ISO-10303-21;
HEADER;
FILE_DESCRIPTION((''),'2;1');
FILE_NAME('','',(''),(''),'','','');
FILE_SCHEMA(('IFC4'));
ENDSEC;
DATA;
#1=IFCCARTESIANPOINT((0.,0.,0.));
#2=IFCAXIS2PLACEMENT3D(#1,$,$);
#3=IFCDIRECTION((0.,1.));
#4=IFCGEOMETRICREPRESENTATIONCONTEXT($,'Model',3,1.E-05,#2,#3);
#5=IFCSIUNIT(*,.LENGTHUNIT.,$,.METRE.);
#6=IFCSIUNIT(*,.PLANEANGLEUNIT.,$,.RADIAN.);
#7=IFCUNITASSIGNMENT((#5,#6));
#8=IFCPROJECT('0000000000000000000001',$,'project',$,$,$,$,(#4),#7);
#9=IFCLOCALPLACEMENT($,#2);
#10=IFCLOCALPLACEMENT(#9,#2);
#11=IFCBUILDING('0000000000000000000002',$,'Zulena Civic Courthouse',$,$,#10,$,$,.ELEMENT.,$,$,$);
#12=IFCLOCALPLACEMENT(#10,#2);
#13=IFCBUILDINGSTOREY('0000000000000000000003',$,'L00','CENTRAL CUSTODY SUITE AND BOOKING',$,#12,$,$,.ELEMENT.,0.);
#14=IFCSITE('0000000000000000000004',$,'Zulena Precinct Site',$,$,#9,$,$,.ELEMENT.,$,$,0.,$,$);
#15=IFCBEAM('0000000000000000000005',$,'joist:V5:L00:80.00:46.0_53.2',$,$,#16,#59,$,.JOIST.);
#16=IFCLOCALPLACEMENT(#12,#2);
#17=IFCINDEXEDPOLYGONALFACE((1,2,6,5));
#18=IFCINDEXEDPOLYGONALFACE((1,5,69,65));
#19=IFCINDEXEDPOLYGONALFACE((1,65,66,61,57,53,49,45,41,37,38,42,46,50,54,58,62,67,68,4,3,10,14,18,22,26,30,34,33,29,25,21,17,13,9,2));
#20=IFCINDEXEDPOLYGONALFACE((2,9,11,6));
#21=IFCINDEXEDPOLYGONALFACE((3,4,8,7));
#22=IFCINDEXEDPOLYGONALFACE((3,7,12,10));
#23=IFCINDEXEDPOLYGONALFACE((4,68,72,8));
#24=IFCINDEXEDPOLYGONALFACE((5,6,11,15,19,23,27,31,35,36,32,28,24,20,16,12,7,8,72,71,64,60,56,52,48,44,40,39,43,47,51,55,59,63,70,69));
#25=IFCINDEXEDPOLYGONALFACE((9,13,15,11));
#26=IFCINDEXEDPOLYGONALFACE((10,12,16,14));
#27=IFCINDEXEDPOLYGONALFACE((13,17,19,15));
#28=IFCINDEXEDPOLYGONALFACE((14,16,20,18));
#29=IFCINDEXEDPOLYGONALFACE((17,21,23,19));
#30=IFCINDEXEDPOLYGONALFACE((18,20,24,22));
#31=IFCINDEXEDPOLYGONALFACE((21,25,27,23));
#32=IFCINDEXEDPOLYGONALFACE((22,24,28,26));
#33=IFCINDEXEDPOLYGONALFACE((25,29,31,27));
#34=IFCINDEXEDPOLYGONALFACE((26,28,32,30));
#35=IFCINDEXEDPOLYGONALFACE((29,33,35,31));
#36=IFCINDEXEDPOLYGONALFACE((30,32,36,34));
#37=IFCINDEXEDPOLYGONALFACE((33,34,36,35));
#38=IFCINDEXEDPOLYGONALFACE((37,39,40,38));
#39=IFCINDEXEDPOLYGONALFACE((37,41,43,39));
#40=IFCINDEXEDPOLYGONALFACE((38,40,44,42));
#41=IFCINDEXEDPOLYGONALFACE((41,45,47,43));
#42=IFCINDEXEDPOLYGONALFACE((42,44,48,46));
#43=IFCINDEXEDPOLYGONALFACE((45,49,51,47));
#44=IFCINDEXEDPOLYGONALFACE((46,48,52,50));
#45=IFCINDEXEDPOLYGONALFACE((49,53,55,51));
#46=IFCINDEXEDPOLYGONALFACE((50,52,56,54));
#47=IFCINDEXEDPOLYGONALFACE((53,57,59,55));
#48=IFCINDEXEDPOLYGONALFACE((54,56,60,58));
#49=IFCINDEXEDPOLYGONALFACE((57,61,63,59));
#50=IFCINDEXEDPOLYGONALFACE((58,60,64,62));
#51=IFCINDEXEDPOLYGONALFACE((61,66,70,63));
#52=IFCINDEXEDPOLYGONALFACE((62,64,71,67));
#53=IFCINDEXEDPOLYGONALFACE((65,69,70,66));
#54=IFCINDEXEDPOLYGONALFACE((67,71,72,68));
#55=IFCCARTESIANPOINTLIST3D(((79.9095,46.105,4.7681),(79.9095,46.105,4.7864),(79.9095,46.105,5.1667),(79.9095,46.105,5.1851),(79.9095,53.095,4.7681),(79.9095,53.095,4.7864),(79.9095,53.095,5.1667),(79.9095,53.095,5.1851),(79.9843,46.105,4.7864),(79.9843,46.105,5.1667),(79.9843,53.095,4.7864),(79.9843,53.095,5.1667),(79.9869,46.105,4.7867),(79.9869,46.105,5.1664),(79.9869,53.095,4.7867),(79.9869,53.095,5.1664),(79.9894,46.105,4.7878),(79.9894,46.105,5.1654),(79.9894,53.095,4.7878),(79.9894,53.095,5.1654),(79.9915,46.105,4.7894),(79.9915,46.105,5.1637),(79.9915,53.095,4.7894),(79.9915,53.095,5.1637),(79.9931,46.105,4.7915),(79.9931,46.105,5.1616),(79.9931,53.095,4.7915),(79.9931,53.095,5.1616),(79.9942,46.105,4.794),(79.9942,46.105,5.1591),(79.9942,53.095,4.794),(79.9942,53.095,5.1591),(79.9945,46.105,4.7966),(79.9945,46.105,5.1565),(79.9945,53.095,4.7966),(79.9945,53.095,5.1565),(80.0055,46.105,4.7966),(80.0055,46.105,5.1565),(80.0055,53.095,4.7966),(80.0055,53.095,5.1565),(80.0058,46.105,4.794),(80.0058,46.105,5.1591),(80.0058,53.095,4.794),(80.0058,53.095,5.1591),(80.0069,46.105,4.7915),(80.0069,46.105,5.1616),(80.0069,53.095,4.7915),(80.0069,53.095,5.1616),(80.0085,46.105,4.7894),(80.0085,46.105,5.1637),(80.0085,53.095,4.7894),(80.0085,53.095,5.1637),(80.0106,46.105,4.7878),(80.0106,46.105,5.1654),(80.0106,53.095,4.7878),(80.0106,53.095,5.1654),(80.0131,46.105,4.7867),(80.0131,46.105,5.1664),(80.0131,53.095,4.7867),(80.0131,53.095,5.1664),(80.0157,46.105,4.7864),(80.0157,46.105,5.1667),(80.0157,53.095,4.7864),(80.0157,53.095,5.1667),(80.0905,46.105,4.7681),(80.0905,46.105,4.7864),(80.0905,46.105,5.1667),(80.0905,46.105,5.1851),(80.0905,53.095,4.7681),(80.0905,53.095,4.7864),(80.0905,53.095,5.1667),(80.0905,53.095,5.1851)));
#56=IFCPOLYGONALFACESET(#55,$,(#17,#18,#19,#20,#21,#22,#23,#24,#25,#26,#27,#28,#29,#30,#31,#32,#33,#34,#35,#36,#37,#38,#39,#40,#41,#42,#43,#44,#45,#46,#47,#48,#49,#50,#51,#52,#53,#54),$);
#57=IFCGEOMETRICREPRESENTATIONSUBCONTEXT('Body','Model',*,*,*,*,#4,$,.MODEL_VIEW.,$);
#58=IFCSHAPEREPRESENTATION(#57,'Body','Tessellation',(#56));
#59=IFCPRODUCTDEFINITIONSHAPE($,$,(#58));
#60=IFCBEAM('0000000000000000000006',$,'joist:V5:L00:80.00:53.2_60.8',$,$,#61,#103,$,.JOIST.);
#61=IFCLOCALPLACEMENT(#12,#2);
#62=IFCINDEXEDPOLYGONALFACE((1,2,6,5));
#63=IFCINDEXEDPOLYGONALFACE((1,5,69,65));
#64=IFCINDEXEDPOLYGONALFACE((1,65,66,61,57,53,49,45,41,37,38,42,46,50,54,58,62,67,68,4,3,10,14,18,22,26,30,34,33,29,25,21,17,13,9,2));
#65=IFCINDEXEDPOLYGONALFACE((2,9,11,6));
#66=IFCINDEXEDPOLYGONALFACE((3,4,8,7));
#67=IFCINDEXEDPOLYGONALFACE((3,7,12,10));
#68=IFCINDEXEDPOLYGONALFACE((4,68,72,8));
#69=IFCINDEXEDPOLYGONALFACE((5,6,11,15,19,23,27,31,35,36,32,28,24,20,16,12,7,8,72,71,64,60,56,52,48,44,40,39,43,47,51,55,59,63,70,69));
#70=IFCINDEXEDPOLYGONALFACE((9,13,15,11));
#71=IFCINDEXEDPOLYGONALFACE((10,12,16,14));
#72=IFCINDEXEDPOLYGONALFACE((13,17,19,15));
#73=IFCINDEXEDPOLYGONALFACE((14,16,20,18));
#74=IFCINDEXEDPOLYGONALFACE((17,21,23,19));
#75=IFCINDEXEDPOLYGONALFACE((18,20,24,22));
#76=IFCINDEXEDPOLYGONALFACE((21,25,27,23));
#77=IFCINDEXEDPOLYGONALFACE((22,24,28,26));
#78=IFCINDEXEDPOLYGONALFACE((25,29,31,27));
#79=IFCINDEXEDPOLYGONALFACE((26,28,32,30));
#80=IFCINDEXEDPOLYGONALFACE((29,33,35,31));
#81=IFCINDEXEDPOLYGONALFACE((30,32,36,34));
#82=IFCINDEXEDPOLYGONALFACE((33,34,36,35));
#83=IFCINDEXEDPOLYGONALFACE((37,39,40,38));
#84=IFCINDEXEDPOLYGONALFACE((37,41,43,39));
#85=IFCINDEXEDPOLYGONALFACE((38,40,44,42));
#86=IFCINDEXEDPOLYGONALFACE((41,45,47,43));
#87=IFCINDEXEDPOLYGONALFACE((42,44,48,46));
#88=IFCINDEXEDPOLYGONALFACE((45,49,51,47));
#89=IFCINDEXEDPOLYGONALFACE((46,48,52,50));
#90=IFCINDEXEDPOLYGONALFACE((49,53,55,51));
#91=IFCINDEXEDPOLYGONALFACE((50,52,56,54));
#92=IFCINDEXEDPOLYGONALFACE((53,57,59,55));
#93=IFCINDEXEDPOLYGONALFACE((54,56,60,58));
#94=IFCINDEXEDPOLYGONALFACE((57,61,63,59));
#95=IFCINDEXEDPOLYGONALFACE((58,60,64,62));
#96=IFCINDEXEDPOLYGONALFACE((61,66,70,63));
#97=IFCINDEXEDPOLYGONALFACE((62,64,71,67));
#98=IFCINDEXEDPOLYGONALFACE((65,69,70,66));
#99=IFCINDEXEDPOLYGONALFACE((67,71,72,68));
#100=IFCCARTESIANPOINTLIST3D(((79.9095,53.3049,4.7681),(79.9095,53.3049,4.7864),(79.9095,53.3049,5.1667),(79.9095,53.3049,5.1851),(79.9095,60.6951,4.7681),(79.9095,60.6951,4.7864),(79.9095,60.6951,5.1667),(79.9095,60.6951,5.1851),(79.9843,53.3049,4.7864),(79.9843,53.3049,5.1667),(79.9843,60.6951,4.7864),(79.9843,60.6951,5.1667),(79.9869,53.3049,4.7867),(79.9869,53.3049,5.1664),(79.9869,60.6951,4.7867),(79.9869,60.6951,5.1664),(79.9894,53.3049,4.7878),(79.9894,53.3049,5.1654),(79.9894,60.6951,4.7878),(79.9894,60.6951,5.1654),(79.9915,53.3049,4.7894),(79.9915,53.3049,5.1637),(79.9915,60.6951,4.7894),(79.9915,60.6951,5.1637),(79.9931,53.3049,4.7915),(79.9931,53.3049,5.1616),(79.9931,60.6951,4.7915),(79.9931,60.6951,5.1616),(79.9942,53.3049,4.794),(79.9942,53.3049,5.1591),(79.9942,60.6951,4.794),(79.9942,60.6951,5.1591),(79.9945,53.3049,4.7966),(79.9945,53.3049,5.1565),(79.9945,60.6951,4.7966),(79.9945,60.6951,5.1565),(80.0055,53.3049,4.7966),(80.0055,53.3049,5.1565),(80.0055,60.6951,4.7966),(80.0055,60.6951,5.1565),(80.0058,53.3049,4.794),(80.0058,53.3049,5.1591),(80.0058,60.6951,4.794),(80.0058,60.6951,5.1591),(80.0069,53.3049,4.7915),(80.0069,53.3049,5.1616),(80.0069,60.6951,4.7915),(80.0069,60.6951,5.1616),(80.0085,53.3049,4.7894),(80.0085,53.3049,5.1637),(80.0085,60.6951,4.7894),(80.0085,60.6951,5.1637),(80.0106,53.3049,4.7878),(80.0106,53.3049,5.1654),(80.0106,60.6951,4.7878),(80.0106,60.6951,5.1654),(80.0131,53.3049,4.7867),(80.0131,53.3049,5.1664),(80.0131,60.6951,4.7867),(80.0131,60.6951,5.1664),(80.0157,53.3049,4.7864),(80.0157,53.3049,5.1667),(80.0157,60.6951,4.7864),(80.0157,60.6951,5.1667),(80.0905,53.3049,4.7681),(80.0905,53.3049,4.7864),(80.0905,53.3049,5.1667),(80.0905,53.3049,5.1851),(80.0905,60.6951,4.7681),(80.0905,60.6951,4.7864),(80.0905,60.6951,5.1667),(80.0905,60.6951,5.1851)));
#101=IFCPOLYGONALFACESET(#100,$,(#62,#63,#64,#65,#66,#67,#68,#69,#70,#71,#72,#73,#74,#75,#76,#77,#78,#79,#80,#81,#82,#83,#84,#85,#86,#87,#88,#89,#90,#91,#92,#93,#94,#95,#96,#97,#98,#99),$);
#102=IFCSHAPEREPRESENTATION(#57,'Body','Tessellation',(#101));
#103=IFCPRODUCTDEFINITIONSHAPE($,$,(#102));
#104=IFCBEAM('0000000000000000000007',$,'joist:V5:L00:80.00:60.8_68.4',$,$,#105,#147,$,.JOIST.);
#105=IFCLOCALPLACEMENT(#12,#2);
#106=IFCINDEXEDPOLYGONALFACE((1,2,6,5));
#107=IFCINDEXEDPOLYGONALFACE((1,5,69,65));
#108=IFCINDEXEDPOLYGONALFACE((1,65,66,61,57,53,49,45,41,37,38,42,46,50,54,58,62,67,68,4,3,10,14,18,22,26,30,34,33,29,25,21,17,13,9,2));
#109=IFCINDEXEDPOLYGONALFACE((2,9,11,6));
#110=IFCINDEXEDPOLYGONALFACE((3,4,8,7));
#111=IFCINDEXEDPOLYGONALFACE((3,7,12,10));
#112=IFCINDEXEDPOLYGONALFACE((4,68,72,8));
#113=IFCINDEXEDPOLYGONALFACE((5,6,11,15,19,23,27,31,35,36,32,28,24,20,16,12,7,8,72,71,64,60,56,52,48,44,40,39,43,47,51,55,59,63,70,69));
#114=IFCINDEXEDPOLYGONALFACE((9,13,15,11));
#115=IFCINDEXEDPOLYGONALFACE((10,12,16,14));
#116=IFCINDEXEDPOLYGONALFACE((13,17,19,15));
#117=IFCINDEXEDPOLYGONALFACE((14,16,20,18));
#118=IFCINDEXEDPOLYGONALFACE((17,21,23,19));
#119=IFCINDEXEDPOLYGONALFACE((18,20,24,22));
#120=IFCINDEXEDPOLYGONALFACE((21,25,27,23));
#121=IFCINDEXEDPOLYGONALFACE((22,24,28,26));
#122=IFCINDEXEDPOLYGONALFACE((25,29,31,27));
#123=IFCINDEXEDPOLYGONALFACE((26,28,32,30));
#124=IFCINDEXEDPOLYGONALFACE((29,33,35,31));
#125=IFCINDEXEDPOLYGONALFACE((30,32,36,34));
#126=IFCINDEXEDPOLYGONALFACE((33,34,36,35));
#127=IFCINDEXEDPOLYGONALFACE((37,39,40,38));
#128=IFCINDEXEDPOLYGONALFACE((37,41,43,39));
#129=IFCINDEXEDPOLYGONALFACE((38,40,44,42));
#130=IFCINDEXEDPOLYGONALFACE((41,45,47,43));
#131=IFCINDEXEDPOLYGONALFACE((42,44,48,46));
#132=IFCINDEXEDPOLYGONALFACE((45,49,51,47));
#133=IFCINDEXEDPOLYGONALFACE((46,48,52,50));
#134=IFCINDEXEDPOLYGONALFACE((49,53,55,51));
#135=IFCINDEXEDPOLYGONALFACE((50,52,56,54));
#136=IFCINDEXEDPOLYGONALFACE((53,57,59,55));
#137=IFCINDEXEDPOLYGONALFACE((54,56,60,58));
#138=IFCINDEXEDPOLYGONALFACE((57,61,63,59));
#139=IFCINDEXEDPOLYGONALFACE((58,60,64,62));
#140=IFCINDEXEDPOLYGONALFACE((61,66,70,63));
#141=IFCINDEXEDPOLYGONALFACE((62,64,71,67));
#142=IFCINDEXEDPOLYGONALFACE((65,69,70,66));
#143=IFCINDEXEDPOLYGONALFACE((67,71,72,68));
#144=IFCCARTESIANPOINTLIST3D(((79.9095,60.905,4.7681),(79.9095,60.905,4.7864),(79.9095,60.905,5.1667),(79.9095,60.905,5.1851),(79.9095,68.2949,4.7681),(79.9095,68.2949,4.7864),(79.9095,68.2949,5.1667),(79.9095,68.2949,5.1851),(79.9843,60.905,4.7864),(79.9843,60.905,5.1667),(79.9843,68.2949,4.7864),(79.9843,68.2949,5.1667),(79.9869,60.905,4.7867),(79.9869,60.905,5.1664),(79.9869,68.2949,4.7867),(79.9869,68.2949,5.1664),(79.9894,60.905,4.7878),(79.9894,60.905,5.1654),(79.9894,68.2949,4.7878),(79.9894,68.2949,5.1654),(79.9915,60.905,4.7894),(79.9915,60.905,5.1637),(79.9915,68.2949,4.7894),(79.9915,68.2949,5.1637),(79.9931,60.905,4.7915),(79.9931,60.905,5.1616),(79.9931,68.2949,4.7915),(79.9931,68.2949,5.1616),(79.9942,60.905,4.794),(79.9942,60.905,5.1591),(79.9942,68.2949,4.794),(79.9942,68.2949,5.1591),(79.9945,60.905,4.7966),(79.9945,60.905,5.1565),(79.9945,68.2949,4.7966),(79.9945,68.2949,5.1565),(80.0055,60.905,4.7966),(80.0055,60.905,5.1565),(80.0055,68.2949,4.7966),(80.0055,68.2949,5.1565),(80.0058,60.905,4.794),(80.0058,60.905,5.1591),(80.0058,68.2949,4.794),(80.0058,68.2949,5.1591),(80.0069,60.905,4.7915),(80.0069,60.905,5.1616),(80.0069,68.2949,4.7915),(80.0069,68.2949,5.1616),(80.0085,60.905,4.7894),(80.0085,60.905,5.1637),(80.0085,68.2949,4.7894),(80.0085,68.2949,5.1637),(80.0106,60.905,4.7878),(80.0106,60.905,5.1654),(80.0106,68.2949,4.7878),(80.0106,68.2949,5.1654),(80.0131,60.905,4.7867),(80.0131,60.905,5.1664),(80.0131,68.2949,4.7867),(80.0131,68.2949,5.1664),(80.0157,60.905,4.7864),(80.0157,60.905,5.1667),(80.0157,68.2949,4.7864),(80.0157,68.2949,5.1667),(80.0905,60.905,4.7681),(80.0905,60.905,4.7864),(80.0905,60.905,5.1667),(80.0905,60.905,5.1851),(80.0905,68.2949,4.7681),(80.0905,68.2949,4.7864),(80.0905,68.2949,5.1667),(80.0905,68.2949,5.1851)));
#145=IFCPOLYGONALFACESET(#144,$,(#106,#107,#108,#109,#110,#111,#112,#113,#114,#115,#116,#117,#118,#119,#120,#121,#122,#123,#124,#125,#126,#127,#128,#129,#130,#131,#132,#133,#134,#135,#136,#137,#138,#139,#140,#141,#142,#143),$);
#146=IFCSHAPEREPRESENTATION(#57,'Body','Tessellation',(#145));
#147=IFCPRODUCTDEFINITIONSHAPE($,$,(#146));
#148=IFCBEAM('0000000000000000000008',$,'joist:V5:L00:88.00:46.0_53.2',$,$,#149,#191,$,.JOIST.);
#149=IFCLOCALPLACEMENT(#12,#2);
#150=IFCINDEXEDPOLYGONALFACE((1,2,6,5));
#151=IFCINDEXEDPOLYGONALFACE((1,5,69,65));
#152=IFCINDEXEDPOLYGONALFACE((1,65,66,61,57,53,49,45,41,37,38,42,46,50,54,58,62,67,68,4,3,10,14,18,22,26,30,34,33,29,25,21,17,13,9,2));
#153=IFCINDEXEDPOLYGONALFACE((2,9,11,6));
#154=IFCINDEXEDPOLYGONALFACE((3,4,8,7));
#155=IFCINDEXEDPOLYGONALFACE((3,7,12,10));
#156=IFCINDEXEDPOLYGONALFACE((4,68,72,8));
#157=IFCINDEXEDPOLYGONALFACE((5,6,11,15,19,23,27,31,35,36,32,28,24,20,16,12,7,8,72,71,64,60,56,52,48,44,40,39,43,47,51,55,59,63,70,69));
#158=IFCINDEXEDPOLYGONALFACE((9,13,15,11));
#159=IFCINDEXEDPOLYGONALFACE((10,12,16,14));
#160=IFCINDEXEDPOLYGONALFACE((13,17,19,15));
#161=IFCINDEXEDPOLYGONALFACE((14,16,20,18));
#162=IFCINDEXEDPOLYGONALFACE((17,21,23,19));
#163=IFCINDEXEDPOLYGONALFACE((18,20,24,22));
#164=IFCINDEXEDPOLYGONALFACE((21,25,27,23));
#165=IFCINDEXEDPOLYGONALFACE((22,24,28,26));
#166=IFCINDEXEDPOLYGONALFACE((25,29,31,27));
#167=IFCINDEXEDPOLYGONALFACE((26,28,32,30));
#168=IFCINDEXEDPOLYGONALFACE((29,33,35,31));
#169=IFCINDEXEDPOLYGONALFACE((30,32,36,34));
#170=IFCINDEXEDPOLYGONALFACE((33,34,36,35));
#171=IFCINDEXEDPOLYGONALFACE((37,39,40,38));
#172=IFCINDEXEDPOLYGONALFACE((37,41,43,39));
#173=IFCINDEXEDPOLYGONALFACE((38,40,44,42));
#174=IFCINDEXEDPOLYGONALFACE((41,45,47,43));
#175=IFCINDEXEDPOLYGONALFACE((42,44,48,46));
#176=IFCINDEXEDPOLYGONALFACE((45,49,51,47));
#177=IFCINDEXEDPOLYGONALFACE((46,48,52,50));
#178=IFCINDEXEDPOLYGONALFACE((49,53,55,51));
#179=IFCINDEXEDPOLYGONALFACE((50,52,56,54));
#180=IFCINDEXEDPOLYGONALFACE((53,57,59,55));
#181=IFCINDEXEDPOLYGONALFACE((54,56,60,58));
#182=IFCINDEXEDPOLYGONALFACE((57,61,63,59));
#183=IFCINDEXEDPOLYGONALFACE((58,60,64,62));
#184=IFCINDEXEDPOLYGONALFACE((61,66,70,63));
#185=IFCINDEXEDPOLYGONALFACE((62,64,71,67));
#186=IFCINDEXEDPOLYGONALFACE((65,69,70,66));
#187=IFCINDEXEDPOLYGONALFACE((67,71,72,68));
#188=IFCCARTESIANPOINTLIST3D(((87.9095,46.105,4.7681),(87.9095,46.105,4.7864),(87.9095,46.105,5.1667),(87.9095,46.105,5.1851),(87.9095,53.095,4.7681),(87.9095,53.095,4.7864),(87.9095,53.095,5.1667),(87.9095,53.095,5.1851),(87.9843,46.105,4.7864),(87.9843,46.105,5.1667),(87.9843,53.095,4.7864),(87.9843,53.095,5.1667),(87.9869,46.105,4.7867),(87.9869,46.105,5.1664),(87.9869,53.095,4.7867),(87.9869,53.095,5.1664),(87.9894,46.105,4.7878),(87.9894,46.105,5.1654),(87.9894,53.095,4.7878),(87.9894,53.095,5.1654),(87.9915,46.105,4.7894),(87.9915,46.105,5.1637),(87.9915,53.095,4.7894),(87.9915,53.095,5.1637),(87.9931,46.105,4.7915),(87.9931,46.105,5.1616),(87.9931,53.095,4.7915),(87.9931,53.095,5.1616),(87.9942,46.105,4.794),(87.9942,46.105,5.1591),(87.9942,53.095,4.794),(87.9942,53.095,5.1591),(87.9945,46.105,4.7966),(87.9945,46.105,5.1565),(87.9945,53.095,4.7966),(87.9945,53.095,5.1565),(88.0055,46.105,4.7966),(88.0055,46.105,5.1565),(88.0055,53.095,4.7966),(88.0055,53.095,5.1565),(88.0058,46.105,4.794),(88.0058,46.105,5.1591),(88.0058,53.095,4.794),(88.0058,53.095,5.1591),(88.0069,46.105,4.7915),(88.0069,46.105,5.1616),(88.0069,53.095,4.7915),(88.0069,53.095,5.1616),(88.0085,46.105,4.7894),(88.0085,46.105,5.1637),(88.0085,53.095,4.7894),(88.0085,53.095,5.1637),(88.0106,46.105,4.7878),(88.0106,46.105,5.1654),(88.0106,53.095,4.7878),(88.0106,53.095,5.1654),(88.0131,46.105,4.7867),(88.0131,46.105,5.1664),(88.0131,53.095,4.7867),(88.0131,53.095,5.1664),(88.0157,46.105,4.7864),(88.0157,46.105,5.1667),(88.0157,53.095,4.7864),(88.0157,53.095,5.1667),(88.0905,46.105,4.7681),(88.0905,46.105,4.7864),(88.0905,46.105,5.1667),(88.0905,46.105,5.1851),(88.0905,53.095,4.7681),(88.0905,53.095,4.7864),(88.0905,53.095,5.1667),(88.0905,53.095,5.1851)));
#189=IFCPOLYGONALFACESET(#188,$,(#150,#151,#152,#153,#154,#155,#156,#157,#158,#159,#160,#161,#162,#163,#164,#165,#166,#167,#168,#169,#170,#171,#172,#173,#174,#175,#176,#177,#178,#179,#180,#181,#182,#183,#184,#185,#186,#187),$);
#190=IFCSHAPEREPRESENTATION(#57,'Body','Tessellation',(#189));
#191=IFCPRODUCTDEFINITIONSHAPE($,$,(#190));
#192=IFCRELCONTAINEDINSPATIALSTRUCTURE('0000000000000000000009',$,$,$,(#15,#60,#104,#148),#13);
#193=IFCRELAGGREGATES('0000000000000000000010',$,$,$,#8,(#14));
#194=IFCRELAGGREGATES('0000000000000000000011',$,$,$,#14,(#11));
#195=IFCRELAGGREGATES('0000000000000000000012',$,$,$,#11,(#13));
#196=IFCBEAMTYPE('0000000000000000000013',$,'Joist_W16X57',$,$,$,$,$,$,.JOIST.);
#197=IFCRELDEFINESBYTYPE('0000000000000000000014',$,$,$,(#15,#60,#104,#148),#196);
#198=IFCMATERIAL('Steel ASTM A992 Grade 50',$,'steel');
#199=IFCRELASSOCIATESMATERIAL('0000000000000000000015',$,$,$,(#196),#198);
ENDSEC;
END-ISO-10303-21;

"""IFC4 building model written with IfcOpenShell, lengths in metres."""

from ifc_helpers import new_model, si_unit, direction, frame, origin, origin_2d, place, context, subcontext, project, spatial, i_section, extrude, material, material_profile, profile_set, type_object, element, save


model = new_model("IFC4")

# Units and contexts
model_context = context("Model", 3, precision=1e-05, world=origin(), true_north=direction((0.0, 1.0)))
body_context = subcontext(model_context, "Body", "Model", "MODEL_VIEW")
ifc_project = project(units=[si_unit("LENGTHUNIT", "METRE"), si_unit("PLANEANGLEUNIT", "RADIAN")], contexts=[model_context])

# Site, building, storey
site_placement = place(None, origin())
site = spatial("IfcSite", under=ifc_project, at=site_placement, Name="Zulena Precinct Site", CompositionType="ELEMENT", RefElevation=0.0)
building_placement = place(site_placement, origin())
building = spatial("IfcBuilding", under=site, at=building_placement, Name="Zulena Civic Courthouse", CompositionType="ELEMENT")
storey_placement = place(building_placement, origin())
storey = spatial("IfcBuildingStorey", under=building, at=storey_placement, Name="L00", Description="CENTRAL CUSTODY SUITE AND BOOKING", CompositionType="ELEMENT", Elevation=0.0)

# Shared definitions
ifc_material_1 = material(Name="Steel ASTM A992 Grade 50", Category="steel")

# Beams
ifc_material_profile_1 = material_profile(ifc_material_1, i_section(OverallWidth=0.1809, OverallDepth=0.417, WebThickness=0.011, FlangeThickness=0.0183, FilletRadius=0.0103, at=origin_2d()), Name="W16X57")
ifc_profile_set_1 = profile_set([ifc_material_profile_1], Name="Steel ASTM A992 Grade 50")
beam_type_1 = type_object("IfcBeamType", Name="Joist_W16X57", PredefinedType="JOIST", material=ifc_profile_set_1)
beam_1_placement = place(storey_placement, frame((80.0, 46.105, 4.9766), z_axis=(0.0, 1.0, 0.0), x_axis=(-1.0, 0.0, 0.0)))
element("IfcBeam", 1, at=beam_1_placement, inside=storey, type_object=beam_type_1, Name="joist:V5:L00:80.00:46.0_53.2", PredefinedType="JOIST", context=body_context, shape_type="SweptSolid", body=[
    extrude(i_section(OverallWidth=0.1809, OverallDepth=0.417, WebThickness=0.011, FlangeThickness=0.0183, FilletRadius=0.0103, at=origin_2d()), origin(), (0.0, 0.0, 1.0), 6.99),
])
beam_2_placement = place(storey_placement, frame((80.0, 53.3049, 4.9766), z_axis=(0.0, 1.0, 0.0), x_axis=(-1.0, 0.0, 0.0)))
element("IfcBeam", 2, at=beam_2_placement, inside=storey, type_object=beam_type_1, Name="joist:V5:L00:80.00:53.2_60.8", PredefinedType="JOIST", context=body_context, shape_type="SweptSolid", body=[
    extrude(i_section(OverallWidth=0.1809, OverallDepth=0.417, WebThickness=0.011, FlangeThickness=0.0183, FilletRadius=0.0103, at=origin_2d()), origin(), (0.0, 0.0, 1.0), 7.3901),
])
beam_3_placement = place(storey_placement, frame((80.0, 60.905, 4.9766), z_axis=(0.0, 1.0, 0.0), x_axis=(-1.0, 0.0, 0.0)))
element("IfcBeam", 3, at=beam_3_placement, inside=storey, type_object=beam_type_1, Name="joist:V5:L00:80.00:60.8_68.4", PredefinedType="JOIST", context=body_context, shape_type="SweptSolid", body=[
    extrude(i_section(OverallWidth=0.1809, OverallDepth=0.417, WebThickness=0.011, FlangeThickness=0.0183, FilletRadius=0.0103, at=origin_2d()), origin(), (0.0, 0.0, 1.0), 7.3899),
])
beam_4_placement = place(storey_placement, frame((88.0, 46.105, 4.9766), z_axis=(0.0, 1.0, 0.0), x_axis=(-1.0, 0.0, 0.0)))
element("IfcBeam", 4, at=beam_4_placement, inside=storey, type_object=beam_type_1, Name="joist:V5:L00:88.00:46.0_53.2", PredefinedType="JOIST", context=body_context, shape_type="SweptSolid", body=[
    extrude(i_section(OverallWidth=0.1809, OverallDepth=0.417, WebThickness=0.011, FlangeThickness=0.0183, FilletRadius=0.0103, at=origin_2d()), origin(), (0.0, 0.0, 1.0), 6.99),
])

save(model, "model.ifc")
